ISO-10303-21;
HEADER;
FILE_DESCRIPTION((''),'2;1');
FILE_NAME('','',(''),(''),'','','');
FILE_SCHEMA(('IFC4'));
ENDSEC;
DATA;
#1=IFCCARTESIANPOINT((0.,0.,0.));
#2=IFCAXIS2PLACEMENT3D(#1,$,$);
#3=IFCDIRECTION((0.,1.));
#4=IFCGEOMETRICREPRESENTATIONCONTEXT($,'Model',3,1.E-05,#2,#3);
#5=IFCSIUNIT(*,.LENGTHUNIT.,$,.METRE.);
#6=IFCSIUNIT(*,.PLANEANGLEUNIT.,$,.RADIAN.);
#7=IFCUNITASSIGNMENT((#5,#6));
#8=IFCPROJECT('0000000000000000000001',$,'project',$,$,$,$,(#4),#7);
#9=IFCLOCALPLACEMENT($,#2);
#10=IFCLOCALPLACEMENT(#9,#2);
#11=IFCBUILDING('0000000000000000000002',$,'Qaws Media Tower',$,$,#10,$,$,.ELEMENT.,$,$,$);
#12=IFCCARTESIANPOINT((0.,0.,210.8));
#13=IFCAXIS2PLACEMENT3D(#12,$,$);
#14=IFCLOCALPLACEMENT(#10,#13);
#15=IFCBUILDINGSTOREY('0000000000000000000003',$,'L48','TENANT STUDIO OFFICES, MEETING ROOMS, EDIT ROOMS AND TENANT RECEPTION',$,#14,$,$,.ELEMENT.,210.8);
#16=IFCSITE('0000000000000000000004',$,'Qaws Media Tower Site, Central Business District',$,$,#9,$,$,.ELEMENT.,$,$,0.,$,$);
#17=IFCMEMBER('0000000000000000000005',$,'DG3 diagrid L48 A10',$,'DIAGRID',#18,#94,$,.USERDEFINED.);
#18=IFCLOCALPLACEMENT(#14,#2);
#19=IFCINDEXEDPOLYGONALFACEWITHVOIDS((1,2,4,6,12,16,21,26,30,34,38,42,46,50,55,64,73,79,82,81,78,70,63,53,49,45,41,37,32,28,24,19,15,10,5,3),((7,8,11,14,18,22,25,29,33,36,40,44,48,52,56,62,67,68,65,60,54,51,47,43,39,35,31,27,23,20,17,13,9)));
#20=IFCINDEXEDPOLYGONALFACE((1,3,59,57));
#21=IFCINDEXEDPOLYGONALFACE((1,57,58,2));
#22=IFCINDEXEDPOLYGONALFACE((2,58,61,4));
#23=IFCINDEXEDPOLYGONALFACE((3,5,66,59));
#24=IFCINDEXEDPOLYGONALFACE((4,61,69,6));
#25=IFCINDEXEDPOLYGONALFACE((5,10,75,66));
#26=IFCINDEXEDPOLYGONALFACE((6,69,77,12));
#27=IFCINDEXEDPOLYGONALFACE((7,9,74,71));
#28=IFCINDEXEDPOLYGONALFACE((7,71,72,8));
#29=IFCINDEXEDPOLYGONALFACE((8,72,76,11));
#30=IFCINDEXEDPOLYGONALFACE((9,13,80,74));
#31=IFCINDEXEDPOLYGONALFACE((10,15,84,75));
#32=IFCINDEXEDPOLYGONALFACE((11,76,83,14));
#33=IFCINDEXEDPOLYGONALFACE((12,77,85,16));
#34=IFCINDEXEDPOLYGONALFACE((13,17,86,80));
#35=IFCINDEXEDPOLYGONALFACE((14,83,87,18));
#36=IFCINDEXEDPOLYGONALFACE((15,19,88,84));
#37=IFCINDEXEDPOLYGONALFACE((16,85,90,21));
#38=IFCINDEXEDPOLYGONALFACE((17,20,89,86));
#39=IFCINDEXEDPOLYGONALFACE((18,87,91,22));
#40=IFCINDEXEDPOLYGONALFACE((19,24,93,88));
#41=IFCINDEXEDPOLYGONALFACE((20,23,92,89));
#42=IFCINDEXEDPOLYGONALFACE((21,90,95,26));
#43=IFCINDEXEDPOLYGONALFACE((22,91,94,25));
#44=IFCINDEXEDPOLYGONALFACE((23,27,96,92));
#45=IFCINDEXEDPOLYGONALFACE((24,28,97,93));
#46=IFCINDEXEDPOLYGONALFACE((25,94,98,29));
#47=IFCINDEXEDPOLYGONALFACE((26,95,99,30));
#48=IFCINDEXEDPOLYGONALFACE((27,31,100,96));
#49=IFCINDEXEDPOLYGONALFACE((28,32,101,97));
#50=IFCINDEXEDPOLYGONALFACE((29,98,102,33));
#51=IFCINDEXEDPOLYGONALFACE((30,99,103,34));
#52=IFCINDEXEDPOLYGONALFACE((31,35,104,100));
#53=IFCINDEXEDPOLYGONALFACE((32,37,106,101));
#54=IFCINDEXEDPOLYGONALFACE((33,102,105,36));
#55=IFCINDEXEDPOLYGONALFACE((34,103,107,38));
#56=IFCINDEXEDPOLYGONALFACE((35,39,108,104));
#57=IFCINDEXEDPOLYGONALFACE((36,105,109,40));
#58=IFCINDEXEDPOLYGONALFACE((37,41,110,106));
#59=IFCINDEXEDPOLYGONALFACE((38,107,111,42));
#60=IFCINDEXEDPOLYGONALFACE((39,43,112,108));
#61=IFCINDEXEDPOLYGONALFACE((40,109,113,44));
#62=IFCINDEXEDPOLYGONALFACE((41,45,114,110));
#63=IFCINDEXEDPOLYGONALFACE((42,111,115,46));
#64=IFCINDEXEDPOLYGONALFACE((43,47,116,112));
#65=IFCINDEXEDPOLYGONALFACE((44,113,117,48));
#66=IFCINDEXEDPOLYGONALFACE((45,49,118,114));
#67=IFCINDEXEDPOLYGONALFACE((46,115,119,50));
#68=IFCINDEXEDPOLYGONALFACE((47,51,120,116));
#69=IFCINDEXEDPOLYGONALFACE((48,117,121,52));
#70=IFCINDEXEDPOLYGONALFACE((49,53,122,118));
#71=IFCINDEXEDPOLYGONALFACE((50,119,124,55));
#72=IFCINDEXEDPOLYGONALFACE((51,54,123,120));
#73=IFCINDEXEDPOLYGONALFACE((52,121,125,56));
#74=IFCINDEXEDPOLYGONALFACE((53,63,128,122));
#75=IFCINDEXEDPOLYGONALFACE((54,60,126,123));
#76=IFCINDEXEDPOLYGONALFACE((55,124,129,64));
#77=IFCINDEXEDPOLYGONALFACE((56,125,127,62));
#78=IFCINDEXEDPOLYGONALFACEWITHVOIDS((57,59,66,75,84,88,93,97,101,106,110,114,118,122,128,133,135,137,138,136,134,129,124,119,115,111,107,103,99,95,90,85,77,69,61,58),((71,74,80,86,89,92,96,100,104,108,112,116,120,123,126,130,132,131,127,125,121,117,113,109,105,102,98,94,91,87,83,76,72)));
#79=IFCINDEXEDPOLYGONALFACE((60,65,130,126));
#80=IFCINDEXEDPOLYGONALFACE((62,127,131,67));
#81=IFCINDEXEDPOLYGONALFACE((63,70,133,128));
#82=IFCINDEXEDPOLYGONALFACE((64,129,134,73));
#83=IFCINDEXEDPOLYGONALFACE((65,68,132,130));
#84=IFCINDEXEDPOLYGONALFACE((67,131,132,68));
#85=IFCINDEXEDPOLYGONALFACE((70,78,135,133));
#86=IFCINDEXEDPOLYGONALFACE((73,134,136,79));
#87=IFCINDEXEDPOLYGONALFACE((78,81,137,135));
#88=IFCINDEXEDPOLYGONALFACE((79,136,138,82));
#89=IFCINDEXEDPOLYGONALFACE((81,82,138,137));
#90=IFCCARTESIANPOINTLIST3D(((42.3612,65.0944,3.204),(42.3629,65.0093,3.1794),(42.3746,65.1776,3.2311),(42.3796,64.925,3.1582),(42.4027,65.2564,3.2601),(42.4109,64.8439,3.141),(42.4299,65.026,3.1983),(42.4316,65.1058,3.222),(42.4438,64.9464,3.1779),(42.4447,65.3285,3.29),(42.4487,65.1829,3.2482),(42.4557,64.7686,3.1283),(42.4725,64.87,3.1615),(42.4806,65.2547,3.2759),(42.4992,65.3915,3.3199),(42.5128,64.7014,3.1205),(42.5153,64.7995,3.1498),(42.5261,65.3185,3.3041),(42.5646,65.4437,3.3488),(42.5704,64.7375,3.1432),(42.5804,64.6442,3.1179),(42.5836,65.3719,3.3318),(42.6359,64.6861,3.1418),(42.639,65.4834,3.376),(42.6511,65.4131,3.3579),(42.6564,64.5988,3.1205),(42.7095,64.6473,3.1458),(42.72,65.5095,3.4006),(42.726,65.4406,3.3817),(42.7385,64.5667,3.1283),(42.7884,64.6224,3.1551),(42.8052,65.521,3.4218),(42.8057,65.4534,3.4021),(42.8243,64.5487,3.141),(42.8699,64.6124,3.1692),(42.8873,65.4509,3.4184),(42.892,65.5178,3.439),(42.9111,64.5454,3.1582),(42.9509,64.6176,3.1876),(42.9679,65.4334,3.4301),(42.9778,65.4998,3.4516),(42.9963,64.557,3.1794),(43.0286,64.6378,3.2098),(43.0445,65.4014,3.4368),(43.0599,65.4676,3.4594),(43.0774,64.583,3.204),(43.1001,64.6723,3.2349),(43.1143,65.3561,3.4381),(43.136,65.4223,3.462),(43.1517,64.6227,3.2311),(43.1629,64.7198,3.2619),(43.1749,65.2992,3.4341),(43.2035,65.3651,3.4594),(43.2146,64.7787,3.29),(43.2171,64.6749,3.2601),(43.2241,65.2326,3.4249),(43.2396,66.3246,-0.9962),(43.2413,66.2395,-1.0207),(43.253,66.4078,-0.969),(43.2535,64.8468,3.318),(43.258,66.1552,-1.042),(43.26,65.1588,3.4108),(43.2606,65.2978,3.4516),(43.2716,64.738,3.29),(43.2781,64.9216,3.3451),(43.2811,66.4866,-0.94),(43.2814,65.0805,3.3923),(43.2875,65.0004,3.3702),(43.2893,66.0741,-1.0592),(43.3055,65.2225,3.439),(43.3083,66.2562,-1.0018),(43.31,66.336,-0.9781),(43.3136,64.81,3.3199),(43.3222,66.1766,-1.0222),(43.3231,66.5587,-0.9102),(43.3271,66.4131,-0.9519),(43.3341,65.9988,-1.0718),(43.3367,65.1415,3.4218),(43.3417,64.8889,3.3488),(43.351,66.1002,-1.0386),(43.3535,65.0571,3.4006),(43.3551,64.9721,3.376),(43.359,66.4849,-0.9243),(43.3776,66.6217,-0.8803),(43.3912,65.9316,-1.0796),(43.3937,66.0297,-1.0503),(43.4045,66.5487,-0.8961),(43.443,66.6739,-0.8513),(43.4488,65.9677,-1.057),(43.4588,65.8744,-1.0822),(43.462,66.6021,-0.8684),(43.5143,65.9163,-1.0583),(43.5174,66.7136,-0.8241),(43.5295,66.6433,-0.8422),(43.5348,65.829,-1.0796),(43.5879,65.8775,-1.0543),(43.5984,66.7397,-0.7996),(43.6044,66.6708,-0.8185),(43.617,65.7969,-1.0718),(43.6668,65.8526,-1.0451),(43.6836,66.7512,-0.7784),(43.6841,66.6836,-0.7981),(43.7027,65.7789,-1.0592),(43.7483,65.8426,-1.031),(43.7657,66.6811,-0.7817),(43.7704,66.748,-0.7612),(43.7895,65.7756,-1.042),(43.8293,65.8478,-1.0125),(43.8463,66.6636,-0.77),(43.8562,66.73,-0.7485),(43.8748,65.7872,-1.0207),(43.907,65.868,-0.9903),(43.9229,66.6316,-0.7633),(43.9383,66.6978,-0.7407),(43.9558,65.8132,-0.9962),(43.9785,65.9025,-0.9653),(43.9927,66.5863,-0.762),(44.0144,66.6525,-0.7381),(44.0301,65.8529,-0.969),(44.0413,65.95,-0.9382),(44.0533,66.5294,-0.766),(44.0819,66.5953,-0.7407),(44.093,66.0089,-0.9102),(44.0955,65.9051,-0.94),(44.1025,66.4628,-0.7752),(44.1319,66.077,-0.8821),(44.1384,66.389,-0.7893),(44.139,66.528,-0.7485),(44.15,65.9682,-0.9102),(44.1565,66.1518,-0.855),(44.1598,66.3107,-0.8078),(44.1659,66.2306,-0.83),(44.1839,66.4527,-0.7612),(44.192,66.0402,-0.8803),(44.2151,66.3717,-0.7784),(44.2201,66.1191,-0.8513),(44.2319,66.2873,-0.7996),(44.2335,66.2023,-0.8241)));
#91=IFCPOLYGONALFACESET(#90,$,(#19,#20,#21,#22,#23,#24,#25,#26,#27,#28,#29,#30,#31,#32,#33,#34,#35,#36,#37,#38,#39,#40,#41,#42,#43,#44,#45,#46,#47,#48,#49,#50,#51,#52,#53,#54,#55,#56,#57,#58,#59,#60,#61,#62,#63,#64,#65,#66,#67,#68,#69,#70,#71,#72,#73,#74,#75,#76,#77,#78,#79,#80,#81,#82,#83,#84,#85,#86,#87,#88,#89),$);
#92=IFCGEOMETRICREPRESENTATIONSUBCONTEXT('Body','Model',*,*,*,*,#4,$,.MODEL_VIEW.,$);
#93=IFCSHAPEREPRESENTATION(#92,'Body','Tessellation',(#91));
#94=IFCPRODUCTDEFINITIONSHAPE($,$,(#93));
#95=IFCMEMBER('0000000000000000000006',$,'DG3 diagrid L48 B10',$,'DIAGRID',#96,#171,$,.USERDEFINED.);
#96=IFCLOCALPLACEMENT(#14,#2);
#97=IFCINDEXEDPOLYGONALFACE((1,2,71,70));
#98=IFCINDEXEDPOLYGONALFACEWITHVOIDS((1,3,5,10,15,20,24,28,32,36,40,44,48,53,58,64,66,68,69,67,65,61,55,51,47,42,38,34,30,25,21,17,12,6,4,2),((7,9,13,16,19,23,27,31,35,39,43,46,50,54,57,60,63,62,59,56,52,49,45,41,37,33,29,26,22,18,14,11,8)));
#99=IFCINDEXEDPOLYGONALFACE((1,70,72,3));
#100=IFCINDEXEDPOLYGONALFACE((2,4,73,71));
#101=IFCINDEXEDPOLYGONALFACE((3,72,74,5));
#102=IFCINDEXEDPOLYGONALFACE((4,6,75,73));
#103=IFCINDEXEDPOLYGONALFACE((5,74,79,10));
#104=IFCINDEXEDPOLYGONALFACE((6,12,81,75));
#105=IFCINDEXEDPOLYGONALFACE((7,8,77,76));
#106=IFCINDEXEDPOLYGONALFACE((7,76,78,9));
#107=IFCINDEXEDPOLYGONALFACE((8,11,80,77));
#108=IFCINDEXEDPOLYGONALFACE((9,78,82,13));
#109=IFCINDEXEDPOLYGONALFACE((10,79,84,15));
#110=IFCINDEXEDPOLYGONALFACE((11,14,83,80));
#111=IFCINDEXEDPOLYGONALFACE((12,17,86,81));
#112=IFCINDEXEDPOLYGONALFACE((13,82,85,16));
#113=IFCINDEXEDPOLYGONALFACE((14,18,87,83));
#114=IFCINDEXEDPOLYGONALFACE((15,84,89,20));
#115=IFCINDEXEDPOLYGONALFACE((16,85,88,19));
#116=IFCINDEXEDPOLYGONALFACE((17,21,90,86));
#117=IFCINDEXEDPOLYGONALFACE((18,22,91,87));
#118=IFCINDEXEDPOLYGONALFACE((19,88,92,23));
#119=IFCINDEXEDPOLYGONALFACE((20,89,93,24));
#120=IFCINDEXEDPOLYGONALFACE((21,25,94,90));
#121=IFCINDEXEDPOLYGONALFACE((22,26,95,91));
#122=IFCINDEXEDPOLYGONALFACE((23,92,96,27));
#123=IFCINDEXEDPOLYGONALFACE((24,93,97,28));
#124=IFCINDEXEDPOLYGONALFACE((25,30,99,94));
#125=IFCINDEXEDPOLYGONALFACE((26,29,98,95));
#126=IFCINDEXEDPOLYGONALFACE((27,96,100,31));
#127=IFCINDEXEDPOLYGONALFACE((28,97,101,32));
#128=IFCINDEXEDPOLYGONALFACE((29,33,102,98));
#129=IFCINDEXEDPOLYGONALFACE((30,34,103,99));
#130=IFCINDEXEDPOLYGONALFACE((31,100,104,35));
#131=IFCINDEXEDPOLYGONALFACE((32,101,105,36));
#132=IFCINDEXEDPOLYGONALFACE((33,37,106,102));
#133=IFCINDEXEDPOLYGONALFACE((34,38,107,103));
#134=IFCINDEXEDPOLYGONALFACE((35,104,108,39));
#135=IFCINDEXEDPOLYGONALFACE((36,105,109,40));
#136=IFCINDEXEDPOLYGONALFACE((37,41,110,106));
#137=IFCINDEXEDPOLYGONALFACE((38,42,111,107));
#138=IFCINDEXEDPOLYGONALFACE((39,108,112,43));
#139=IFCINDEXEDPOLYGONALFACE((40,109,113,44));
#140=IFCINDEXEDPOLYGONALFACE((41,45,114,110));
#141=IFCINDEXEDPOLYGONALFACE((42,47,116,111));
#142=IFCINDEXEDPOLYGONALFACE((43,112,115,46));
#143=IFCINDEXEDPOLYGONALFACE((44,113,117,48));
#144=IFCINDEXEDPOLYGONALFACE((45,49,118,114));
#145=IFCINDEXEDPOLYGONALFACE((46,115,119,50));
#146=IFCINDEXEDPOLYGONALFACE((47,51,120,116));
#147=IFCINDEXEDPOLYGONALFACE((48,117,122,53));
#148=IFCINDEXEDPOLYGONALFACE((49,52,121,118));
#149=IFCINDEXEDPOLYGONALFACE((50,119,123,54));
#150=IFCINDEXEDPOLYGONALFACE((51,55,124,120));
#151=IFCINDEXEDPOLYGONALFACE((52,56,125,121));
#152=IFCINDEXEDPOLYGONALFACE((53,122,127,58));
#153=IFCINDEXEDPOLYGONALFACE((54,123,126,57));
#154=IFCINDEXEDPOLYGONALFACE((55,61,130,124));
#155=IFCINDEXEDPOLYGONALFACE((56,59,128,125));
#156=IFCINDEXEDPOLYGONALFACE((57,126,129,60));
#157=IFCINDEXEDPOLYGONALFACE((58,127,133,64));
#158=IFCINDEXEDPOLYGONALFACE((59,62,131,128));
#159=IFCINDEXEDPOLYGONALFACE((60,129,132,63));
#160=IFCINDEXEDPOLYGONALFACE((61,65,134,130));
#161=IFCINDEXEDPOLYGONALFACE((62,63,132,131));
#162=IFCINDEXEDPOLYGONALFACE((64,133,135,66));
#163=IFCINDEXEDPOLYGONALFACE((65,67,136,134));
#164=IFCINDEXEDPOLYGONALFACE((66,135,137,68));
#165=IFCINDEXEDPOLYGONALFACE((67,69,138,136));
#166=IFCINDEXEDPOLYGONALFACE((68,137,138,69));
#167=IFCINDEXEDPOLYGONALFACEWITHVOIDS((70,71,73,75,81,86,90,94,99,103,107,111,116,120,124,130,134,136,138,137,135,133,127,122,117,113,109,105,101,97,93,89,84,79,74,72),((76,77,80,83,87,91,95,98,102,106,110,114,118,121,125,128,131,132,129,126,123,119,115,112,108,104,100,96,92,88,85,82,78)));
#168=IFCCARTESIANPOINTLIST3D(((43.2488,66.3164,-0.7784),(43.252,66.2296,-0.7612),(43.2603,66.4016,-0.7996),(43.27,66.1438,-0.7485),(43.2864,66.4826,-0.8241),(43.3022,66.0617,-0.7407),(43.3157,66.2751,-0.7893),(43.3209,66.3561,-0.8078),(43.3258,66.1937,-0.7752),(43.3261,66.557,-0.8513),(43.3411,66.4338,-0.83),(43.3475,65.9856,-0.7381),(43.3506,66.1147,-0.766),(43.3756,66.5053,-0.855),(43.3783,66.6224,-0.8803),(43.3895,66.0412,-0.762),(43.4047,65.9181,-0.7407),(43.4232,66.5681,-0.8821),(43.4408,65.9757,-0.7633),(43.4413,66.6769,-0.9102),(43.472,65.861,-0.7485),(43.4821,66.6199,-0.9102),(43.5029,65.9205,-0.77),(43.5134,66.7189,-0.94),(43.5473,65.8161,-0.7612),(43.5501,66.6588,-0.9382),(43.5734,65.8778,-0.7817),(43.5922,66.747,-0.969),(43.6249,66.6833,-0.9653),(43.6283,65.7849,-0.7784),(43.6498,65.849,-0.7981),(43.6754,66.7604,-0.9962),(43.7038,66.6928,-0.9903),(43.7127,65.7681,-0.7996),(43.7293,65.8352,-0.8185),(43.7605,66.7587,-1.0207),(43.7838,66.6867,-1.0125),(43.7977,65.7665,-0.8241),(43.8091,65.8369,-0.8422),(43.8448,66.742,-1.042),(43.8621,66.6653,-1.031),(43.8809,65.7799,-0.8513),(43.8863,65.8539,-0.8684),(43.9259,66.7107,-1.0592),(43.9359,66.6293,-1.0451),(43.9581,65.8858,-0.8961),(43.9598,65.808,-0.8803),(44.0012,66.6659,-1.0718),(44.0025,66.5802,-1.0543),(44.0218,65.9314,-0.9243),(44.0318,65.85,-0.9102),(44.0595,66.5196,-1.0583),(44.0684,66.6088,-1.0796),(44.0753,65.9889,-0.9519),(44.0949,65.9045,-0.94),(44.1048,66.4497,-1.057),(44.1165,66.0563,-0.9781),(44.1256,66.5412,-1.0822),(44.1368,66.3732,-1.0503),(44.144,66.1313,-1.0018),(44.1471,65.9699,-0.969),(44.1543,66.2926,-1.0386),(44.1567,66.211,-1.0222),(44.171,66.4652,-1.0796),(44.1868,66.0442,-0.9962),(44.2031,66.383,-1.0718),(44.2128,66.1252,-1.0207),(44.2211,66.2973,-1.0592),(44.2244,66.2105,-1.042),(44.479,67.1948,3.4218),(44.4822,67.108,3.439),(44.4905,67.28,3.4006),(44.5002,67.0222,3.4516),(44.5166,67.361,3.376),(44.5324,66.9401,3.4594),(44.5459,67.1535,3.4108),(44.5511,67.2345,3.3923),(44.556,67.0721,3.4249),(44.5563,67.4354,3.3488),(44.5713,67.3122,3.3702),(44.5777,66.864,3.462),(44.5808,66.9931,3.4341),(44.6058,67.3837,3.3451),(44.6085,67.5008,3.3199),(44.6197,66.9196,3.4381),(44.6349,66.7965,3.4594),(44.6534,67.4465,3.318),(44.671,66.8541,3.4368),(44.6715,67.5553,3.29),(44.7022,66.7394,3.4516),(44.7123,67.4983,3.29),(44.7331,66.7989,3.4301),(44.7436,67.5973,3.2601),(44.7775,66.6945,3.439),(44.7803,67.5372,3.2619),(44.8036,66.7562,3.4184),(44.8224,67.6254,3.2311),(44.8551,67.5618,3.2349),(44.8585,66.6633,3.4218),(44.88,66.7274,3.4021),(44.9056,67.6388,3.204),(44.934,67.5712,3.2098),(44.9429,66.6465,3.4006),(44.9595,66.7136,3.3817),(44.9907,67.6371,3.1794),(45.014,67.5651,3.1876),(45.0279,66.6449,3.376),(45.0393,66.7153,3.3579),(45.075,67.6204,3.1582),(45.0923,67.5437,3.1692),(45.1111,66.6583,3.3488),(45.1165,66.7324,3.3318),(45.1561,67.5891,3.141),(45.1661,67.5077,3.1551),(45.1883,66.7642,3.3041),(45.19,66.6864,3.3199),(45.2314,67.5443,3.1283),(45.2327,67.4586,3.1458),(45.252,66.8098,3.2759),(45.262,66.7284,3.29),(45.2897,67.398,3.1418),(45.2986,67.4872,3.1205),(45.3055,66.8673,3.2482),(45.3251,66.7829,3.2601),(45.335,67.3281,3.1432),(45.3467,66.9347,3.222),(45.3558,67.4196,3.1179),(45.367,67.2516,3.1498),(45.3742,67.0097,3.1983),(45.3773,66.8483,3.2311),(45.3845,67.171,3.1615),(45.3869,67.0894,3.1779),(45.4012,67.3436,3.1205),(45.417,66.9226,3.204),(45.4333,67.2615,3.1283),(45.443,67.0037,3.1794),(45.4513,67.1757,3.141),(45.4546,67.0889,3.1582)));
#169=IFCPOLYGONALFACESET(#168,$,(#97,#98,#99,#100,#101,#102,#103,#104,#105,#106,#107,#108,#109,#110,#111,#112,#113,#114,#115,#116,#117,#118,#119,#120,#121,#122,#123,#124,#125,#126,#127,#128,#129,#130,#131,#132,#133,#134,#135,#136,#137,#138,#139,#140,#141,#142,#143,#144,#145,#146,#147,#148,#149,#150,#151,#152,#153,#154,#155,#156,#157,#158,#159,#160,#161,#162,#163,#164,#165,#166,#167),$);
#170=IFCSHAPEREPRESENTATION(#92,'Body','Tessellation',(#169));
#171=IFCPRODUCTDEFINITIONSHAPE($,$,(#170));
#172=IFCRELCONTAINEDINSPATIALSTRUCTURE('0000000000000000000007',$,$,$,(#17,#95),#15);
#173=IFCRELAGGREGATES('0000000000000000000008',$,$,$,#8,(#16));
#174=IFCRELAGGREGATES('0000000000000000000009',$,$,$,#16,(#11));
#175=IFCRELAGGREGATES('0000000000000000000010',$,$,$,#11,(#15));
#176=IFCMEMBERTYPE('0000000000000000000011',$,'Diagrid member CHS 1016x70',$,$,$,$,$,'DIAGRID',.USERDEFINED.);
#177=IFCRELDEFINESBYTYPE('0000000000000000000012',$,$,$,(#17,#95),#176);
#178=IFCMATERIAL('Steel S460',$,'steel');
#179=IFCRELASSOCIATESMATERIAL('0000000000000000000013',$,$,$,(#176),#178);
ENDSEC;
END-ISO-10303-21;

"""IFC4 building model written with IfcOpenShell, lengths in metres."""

from ifc_helpers import new_model, si_unit, direction, frame, origin, origin_2d, place, context, subcontext, project, spatial, hollow_circle, extrude, material, material_profile, profile_set, type_object, element, save


model = new_model("IFC4")

# Units and contexts
model_context = context("Model", 3, precision=1e-05, world=origin(), true_north=direction((0.0, 1.0)))
body_context = subcontext(model_context, "Body", "Model", "MODEL_VIEW")
ifc_project = project(units=[si_unit("LENGTHUNIT", "METRE"), si_unit("PLANEANGLEUNIT", "RADIAN")], contexts=[model_context])

# Site, building, storey
site_placement = place(None, origin())
site = spatial("IfcSite", under=ifc_project, at=site_placement, Name="Qaws Media Tower Site, Central Business District", CompositionType="ELEMENT", RefElevation=0.0)
building_placement = place(site_placement, origin())
building = spatial("IfcBuilding", under=site, at=building_placement, Name="Qaws Media Tower", CompositionType="ELEMENT")
storey_placement = place(building_placement, frame((0.0, 0.0, 210.8)))
storey = spatial("IfcBuildingStorey", under=building, at=storey_placement, Name="L48", Description="TENANT STUDIO OFFICES, MEETING ROOMS, EDIT ROOMS AND TENANT RECEPTION", CompositionType="ELEMENT", Elevation=210.8)

# Members
ifc_material_1 = material(Name="Steel S460", Category="steel")
ifc_material_profile_1 = material_profile(ifc_material_1, hollow_circle(Radius=0.5081, WallThickness=0.0701, at=origin_2d()), Name="CHS 1016x70")
ifc_profile_set_1 = profile_set([ifc_material_profile_1], Name="Steel S460")
member_type_1 = type_object("IfcMemberType", Name="Diagrid member CHS 1016x70", ElementType="DIAGRID", PredefinedType="USERDEFINED", material=ifc_profile_set_1)
for number, where, z_axis, x_axis, name in (
    (1, (43.7366, 66.2634, -0.9102), (-0.196781, -0.275592, 0.940918), (0.813832, -0.581101, 0.0), "DG3 diagrid L48 A10"),
    (2, (43.7366, 66.2634, -0.9102), (0.275592, 0.196781, 0.940918), (-0.581101, 0.813832, 0.0), "DG3 diagrid L48 B10"),
):
    element("IfcMember", number, at=place(storey_placement, frame(where, z_axis=z_axis, x_axis=x_axis)), inside=storey, type_object=member_type_1, Name=name, ObjectType="DIAGRID", PredefinedType="USERDEFINED", context=body_context, shape_type="SweptSolid", body=[
        extrude(hollow_circle(Radius=0.5081, WallThickness=0.0701, at=origin_2d()), origin(), (0.0, 0.0, 1.0), 4.4639),
    ])

save(model, "model.ifc")
